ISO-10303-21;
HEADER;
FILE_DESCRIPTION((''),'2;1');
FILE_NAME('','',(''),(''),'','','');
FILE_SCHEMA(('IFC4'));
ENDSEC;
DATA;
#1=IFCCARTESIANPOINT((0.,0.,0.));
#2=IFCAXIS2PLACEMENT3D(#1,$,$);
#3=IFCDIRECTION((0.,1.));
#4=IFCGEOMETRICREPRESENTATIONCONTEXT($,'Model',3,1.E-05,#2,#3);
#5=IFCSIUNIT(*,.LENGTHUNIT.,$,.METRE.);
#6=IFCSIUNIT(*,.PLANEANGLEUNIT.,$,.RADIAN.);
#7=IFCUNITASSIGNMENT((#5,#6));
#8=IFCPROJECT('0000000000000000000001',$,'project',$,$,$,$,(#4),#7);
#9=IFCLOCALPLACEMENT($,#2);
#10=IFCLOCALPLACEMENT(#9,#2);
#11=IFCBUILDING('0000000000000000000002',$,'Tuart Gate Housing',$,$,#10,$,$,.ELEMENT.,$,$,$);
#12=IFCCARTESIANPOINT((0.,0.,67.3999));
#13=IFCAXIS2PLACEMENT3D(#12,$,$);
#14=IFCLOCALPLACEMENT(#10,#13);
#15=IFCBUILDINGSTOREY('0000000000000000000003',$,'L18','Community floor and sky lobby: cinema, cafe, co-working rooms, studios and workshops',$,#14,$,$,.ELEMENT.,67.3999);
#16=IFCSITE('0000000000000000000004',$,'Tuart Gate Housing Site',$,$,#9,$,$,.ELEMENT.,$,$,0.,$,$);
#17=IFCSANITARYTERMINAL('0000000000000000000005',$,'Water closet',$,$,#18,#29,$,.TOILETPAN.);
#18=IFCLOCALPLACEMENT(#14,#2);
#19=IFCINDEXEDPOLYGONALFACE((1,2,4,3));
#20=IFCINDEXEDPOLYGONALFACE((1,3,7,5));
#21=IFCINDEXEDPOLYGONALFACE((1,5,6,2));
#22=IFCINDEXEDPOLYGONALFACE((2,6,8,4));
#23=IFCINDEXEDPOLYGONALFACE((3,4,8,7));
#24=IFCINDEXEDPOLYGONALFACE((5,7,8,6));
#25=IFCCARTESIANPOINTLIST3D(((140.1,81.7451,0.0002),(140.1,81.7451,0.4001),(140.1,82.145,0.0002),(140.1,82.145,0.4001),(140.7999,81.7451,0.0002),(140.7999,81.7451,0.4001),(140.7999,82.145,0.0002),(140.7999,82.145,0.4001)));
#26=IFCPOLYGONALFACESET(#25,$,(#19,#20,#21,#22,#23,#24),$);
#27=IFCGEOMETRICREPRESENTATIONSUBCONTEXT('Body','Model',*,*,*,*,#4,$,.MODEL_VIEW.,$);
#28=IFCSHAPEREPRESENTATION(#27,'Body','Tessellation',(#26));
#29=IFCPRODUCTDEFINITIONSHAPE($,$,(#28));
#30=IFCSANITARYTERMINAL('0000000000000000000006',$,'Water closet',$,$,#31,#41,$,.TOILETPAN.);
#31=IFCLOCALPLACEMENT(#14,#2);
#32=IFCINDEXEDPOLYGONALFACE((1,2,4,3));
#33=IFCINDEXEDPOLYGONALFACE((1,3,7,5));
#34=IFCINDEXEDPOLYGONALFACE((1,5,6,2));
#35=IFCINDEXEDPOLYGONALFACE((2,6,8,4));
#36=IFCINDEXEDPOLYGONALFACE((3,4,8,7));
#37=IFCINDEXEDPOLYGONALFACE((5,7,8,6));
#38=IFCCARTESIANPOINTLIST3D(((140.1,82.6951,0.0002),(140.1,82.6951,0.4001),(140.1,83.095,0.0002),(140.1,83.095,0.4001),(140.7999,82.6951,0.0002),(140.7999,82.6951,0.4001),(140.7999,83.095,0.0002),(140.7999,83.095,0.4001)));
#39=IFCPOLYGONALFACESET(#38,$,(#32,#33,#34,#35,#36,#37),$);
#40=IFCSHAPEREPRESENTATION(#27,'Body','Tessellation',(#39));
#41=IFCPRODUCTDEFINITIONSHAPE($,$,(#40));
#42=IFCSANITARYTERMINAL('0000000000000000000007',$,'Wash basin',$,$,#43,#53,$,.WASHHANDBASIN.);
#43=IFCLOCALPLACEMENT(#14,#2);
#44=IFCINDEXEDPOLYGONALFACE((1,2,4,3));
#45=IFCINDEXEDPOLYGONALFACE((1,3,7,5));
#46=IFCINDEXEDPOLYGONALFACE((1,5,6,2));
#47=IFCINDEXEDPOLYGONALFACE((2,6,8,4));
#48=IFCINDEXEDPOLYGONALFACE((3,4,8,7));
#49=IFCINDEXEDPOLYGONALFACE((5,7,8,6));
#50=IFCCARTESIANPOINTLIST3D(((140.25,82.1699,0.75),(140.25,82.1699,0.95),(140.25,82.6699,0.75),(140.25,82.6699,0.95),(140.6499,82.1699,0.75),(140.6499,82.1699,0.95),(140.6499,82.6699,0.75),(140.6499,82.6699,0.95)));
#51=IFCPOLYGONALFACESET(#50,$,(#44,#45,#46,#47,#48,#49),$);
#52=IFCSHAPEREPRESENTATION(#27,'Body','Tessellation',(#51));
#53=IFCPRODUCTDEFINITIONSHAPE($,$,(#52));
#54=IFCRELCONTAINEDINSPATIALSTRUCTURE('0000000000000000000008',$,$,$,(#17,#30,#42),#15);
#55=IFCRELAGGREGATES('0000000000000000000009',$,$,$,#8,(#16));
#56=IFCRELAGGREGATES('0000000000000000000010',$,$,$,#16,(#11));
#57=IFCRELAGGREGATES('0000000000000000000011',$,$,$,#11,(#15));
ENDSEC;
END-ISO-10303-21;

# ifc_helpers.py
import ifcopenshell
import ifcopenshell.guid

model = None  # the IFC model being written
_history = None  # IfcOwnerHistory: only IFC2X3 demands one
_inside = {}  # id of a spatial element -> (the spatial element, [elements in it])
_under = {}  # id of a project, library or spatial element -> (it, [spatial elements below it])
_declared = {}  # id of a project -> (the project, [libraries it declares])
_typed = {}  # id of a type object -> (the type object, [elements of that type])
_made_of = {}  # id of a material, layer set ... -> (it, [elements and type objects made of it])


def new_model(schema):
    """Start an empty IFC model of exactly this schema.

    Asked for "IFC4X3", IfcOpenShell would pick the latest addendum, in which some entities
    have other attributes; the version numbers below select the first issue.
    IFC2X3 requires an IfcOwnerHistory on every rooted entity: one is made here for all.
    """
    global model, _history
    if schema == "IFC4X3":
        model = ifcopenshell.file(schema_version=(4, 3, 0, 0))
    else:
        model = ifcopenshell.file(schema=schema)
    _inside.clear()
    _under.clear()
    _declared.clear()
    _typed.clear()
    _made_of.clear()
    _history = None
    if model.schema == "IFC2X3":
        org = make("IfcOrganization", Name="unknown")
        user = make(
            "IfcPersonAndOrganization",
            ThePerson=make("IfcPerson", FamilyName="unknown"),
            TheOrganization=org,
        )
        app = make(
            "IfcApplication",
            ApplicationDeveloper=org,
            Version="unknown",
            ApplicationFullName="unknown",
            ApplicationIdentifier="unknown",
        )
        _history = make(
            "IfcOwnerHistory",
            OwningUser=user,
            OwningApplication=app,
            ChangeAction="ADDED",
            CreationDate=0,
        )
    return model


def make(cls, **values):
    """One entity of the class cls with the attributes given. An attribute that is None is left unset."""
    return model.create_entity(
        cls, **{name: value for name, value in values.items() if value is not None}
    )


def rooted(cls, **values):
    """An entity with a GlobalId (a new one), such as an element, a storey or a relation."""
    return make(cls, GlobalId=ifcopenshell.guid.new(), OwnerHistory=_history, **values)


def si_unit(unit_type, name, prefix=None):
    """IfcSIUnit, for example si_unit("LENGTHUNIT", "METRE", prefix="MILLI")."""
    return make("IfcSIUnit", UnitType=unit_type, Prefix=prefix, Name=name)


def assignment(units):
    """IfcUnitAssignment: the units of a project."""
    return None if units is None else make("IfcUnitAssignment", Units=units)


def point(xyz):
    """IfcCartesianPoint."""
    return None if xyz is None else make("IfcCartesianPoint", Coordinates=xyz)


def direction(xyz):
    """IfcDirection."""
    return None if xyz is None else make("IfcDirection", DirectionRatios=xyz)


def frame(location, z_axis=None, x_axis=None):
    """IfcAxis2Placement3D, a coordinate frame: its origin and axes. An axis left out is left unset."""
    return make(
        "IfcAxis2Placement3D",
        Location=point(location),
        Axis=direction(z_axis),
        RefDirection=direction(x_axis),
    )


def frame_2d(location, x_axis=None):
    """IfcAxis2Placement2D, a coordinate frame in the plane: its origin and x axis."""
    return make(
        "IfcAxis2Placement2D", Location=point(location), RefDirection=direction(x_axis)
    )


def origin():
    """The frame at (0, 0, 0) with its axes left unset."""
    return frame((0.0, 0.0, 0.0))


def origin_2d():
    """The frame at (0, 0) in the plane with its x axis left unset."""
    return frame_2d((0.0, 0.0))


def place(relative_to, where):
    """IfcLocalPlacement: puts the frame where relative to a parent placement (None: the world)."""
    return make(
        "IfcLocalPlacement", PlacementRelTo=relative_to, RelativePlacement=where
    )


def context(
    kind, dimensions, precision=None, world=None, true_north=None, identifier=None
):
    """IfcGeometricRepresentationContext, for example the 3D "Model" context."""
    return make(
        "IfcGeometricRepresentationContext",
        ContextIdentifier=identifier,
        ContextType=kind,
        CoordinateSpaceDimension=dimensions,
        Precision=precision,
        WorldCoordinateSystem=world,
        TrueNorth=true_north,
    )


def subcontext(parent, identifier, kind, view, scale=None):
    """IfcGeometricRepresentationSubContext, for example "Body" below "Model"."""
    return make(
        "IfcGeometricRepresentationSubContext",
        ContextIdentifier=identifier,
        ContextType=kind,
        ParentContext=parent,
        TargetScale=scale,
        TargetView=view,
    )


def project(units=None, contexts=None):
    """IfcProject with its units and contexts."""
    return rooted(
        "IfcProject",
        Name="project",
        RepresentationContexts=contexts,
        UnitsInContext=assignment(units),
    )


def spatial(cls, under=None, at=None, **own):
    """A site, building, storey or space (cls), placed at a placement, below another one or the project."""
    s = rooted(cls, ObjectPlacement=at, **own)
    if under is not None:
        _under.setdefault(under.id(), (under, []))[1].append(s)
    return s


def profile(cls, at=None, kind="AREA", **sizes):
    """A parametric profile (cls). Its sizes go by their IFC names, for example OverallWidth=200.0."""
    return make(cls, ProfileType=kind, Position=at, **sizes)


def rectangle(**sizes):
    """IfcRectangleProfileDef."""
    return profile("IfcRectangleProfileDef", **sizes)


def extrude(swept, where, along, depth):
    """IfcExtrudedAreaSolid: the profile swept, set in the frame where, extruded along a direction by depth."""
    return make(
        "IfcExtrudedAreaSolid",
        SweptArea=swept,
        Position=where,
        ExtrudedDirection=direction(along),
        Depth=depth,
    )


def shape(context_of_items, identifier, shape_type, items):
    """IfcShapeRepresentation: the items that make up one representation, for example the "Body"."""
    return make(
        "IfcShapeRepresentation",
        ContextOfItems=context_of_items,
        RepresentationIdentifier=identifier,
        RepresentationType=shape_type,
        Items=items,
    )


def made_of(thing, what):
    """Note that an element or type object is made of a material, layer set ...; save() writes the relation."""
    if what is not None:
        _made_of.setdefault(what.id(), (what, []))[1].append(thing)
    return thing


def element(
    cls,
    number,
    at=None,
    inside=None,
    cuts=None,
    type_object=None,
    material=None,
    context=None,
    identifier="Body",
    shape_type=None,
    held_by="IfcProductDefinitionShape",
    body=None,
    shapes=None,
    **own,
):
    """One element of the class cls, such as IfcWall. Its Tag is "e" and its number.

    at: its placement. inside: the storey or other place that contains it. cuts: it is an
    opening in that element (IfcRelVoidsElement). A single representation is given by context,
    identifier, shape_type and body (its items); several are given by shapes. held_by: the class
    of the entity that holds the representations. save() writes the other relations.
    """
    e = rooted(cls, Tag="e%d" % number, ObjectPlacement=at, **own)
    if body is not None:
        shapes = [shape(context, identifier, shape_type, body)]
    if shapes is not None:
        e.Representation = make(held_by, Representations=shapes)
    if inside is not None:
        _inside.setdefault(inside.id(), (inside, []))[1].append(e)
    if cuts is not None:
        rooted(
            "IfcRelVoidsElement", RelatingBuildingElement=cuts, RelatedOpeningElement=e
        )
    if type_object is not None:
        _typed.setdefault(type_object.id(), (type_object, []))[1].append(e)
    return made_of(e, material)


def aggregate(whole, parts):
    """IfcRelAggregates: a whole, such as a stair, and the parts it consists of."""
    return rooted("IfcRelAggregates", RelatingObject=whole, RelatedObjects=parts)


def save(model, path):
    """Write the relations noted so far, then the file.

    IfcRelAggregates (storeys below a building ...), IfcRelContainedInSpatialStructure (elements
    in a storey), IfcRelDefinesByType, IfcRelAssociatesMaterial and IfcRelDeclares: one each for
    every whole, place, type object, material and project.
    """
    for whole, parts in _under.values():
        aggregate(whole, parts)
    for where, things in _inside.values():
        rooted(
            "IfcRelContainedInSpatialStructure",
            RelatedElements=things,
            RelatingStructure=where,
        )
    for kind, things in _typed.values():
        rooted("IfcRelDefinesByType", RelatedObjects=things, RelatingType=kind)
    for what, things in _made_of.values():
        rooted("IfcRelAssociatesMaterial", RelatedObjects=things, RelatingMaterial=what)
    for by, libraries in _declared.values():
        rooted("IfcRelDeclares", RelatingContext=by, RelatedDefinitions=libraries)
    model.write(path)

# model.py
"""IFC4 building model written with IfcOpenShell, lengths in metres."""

from ifc_helpers import new_model, si_unit, direction, frame, origin, origin_2d, place, context, subcontext, project, spatial, rectangle, extrude, element, save


model = new_model("IFC4")

# Units and contexts
model_context = context("Model", 3, precision=1e-05, world=origin(), true_north=direction((0.0, 1.0)))
body_context = subcontext(model_context, "Body", "Model", "MODEL_VIEW")
ifc_project = project(units=[si_unit("LENGTHUNIT", "METRE"), si_unit("PLANEANGLEUNIT", "RADIAN")], contexts=[model_context])

# Site, building, storey
site_placement = place(None, origin())
site = spatial("IfcSite", under=ifc_project, at=site_placement, Name="Tuart Gate Housing Site", CompositionType="ELEMENT", RefElevation=0.0)
building_placement = place(site_placement, origin())
building = spatial("IfcBuilding", under=site, at=building_placement, Name="Tuart Gate Housing", CompositionType="ELEMENT")
storey_placement = place(building_placement, frame((0.0, 0.0, 67.3999)))
storey = spatial("IfcBuildingStorey", under=building, at=storey_placement, Name="L18", Description="Community floor and sky lobby: cinema, cafe, co-working rooms, studios and workshops", CompositionType="ELEMENT", Elevation=67.3999)

# Sanitary terminals
for number, where, z_axis, x_axis, name in (
    (1, (140.45, 81.9451, 0.0002), (0.0, 0.0, 1.0), (1.0, 0.0, 0.0), "Water closet"),
    (2, (140.45, 82.895, 0.0002), (0.0, 0.0, 1.0), (1.0, 0.0, 0.0), "Water closet"),
):
    element("IfcSanitaryTerminal", number, at=place(storey_placement, frame(where, z_axis=z_axis, x_axis=x_axis)), inside=storey, Name=name, PredefinedType="TOILETPAN", context=body_context, shape_type="SweptSolid", body=[
        extrude(rectangle(XDim=0.7, YDim=0.3999, at=origin_2d()), origin(), (0.0, 0.0, 1.0), 0.3999),
    ])
sanitary_terminal_1_placement = place(storey_placement, frame((140.45, 82.4199, 0.75), z_axis=(0.0, 0.0, 1.0), x_axis=(1.0, 0.0, 0.0)))
element("IfcSanitaryTerminal", 3, at=sanitary_terminal_1_placement, inside=storey, Name="Wash basin", PredefinedType="WASHHANDBASIN", context=body_context, shape_type="SweptSolid", body=[
    extrude(rectangle(XDim=0.3999, YDim=0.5, at=origin_2d()), origin(), (0.0, 0.0, 1.0), 0.2),
])

save(model, "model.ifc")
